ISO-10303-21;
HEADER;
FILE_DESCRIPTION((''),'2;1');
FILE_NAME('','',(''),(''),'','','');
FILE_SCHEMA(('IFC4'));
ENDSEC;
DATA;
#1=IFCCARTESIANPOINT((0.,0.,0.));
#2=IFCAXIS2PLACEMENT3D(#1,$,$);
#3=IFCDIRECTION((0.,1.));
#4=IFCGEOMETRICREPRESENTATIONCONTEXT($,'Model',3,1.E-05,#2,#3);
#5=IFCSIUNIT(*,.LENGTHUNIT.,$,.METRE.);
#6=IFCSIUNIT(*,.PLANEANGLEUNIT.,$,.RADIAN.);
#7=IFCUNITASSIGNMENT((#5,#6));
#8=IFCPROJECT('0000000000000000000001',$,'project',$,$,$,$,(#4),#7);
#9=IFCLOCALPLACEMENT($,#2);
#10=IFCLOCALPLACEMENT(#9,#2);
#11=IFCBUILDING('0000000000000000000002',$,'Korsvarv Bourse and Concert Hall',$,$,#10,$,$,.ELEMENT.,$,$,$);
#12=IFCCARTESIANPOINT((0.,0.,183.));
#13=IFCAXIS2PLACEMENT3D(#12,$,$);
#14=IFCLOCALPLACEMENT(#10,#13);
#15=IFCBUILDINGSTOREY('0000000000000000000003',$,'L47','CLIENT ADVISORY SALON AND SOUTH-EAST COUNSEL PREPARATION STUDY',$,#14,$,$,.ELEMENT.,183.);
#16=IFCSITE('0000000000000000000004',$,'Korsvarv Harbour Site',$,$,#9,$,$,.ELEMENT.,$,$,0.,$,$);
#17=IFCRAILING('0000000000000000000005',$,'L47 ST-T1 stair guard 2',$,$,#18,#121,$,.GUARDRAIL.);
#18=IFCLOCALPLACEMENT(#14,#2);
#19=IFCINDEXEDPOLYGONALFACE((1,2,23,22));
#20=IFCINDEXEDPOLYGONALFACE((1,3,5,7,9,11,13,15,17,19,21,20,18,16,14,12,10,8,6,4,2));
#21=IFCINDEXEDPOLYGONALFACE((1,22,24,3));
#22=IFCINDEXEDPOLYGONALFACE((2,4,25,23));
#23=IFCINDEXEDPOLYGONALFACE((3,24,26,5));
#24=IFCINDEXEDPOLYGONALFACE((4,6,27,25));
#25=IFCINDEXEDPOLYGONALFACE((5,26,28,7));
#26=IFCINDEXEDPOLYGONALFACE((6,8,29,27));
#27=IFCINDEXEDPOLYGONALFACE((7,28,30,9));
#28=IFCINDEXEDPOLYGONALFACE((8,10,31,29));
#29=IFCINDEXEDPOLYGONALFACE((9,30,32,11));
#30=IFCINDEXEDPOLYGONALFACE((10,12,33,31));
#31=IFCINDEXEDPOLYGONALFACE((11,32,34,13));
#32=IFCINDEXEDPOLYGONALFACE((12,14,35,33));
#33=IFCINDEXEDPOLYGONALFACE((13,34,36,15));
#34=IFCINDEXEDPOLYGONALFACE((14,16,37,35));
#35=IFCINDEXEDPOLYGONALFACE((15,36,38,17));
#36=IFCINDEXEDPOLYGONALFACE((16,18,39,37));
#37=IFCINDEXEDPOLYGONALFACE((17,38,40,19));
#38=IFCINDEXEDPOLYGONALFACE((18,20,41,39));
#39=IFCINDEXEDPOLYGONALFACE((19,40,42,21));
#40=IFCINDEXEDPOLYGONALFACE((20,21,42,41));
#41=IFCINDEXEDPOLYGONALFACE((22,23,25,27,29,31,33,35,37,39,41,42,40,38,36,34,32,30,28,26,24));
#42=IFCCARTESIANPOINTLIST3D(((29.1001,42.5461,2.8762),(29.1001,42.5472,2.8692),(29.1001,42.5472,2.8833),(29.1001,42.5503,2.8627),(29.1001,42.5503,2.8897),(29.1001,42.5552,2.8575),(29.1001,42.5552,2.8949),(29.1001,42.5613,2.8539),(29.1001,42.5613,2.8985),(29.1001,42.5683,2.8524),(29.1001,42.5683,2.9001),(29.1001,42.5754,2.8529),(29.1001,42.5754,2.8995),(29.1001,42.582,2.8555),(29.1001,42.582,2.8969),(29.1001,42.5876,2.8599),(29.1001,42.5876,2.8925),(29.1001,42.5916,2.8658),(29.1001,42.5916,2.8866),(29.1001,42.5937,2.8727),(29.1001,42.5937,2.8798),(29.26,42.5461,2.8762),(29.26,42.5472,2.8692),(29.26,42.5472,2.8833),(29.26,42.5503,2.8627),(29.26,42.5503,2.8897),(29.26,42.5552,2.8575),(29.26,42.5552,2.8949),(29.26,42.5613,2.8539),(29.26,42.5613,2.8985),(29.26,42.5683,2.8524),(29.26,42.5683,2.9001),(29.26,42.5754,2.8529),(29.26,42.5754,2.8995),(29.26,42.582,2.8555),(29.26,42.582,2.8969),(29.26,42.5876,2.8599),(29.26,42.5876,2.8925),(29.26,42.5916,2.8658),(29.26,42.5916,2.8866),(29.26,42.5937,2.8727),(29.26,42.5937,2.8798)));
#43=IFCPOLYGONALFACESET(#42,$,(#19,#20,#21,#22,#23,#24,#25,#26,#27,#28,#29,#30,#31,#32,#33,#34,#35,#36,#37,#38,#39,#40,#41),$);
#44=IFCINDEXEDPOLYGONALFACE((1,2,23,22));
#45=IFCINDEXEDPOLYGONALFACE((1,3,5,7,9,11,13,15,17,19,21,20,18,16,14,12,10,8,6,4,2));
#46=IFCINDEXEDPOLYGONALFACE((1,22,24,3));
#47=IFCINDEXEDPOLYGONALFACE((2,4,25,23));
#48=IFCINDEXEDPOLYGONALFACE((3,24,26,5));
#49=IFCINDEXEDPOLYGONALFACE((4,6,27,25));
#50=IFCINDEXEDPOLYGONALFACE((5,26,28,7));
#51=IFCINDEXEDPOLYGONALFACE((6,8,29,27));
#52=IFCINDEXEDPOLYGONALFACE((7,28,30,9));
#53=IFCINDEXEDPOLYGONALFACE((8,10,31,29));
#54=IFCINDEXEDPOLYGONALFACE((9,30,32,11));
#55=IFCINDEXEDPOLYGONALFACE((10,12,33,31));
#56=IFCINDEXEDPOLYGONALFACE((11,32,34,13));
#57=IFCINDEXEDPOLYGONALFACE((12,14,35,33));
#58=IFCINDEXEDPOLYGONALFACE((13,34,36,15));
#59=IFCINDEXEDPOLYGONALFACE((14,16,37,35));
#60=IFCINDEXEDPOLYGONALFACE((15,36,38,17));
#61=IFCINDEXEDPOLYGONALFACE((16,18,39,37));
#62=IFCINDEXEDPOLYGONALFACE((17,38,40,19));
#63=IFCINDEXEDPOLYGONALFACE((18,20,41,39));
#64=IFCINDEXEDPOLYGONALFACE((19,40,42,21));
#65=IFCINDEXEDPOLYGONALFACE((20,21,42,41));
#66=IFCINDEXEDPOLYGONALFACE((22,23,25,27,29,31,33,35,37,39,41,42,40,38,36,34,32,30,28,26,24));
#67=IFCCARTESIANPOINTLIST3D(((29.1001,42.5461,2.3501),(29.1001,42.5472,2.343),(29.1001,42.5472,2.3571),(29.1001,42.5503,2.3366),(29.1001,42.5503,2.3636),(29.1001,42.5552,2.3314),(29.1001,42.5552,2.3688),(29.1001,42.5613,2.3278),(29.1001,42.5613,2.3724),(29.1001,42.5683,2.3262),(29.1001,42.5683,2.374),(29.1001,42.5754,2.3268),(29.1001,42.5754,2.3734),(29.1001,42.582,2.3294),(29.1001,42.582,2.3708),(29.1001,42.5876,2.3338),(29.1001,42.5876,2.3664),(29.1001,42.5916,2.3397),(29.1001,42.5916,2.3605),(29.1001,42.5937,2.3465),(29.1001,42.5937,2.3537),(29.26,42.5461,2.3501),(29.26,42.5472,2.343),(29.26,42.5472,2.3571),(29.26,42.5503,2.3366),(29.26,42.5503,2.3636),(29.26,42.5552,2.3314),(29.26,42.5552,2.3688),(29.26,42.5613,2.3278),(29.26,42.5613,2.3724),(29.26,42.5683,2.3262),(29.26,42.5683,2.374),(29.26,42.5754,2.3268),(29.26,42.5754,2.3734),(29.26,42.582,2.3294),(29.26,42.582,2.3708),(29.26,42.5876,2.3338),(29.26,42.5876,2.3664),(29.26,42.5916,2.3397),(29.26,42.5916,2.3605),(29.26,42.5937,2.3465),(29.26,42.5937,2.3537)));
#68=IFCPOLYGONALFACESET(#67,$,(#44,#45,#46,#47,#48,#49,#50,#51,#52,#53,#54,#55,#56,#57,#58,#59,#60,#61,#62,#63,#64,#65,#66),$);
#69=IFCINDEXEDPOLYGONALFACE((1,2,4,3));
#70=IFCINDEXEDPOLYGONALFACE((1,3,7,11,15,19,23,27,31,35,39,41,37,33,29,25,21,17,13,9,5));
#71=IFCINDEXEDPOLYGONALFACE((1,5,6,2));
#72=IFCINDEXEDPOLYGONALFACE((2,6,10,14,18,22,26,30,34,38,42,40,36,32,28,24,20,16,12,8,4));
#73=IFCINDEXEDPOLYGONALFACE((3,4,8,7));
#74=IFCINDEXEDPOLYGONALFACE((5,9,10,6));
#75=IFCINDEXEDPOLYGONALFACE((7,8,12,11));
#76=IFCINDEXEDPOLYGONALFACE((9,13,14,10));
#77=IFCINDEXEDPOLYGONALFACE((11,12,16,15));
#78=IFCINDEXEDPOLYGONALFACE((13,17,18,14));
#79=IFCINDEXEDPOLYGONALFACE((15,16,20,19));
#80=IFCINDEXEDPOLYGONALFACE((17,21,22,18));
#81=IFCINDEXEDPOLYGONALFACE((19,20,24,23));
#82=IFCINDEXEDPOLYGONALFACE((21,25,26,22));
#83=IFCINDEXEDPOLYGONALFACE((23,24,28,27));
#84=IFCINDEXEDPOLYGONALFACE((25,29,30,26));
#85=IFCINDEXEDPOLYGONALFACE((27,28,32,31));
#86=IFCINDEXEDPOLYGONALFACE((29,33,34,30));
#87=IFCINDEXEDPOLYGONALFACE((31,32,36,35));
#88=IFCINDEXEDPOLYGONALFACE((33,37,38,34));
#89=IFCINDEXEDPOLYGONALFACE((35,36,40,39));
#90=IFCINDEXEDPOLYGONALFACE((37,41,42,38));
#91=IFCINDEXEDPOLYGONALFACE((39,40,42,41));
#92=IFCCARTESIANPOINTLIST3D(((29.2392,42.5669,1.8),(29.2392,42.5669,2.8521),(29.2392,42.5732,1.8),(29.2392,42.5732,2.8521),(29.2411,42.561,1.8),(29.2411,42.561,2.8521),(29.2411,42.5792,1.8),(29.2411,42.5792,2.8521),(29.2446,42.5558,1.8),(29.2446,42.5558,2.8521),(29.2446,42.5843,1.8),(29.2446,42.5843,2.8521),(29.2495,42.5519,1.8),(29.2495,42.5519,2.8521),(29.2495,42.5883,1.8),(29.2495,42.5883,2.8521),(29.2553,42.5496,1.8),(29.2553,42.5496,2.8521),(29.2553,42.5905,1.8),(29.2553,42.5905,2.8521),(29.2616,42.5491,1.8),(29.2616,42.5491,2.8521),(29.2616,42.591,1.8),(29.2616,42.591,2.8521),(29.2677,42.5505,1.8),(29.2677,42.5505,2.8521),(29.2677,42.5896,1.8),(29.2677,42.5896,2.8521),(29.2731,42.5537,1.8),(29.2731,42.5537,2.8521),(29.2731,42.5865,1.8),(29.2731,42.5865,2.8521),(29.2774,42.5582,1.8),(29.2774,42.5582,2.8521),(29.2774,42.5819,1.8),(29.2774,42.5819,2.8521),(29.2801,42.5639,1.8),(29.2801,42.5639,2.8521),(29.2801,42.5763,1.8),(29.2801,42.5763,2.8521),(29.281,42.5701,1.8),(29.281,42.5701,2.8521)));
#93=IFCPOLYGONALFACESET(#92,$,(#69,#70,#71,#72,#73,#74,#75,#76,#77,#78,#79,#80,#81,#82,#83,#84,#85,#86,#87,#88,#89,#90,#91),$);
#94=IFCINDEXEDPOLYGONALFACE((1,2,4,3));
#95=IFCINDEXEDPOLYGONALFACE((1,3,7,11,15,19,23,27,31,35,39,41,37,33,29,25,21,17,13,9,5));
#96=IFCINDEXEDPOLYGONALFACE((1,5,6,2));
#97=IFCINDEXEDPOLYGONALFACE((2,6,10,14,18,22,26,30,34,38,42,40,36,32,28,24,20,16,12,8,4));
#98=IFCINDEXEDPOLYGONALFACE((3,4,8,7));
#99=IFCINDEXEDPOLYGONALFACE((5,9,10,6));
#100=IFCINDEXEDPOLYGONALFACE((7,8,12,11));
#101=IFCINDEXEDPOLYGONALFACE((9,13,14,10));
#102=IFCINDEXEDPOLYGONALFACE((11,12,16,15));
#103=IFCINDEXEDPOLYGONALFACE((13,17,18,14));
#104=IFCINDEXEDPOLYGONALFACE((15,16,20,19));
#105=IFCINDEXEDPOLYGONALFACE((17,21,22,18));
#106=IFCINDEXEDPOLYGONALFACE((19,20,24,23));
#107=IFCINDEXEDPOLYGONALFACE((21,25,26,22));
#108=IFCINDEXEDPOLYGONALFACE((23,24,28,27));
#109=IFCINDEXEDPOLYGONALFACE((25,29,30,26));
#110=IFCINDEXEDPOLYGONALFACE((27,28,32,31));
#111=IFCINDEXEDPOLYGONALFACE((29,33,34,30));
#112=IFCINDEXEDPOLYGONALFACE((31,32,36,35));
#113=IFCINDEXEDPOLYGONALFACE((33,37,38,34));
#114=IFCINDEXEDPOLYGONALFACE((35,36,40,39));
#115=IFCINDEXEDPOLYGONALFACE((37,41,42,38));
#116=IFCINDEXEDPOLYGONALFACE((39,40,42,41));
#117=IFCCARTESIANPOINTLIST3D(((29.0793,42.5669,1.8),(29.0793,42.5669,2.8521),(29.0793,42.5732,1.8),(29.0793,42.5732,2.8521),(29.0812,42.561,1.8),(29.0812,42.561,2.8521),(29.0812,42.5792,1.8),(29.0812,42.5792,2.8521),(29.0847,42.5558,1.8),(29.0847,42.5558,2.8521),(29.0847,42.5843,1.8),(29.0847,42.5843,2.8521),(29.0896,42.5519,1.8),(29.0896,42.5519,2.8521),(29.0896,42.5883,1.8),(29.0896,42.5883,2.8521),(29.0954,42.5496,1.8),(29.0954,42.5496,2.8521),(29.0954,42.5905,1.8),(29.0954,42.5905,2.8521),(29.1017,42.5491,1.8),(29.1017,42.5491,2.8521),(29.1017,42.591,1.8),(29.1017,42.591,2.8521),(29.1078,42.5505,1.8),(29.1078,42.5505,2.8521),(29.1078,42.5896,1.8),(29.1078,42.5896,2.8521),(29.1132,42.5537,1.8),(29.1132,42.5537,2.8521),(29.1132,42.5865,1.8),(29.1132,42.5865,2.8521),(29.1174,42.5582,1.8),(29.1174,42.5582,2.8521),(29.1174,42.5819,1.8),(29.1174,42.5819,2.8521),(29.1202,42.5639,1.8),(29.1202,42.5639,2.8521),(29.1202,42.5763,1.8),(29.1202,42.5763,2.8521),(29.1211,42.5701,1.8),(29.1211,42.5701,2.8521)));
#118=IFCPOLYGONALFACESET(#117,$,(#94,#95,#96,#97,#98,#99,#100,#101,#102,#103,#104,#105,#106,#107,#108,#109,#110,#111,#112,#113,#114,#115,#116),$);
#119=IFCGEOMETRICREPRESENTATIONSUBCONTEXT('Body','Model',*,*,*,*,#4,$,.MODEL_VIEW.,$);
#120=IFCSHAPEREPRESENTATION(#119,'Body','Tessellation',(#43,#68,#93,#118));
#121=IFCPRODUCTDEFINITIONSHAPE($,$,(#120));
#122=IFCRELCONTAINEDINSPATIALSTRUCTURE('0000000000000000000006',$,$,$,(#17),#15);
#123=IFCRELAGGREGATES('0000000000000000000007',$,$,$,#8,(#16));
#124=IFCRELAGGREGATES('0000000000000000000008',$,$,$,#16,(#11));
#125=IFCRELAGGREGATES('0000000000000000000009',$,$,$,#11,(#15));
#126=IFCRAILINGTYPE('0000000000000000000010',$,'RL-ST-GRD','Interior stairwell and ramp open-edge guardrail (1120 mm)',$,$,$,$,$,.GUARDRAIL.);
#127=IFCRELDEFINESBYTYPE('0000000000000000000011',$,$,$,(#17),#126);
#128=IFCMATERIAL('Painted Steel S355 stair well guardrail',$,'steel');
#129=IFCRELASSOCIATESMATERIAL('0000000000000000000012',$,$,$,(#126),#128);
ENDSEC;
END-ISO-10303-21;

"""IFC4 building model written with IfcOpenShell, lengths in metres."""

from ifc_helpers import new_model, si_unit, direction, frame, origin, origin_2d, place, context, subcontext, project, spatial, circle, extrude, material, type_object, element, save


model = new_model("IFC4")

# Units and contexts
model_context = context("Model", 3, precision=1e-05, world=origin(), true_north=direction((0.0, 1.0)))
body_context = subcontext(model_context, "Body", "Model", "MODEL_VIEW")
ifc_project = project(units=[si_unit("LENGTHUNIT", "METRE"), si_unit("PLANEANGLEUNIT", "RADIAN")], contexts=[model_context])

# Site, building, storey
site_placement = place(None, origin())
site = spatial("IfcSite", under=ifc_project, at=site_placement, Name="Korsvarv Harbour Site", CompositionType="ELEMENT", RefElevation=0.0)
building_placement = place(site_placement, origin())
building = spatial("IfcBuilding", under=site, at=building_placement, Name="Korsvarv Bourse and Concert Hall", CompositionType="ELEMENT")
storey_placement = place(building_placement, frame((0.0, 0.0, 183.0)))
storey = spatial("IfcBuildingStorey", under=building, at=storey_placement, Name="L47", Description="CLIENT ADVISORY SALON AND SOUTH-EAST COUNSEL PREPARATION STUDY", CompositionType="ELEMENT", Elevation=183.0)

# Railing
ifc_material_1 = material(Name="Painted Steel S355 stair well guardrail", Category="steel")
railing_type_1 = type_object("IfcRailingType", Name="RL-ST-GRD", Description="Interior stairwell and ramp open-edge guardrail (1120 mm)", PredefinedType="GUARDRAIL", material=ifc_material_1)
railing_1_placement = place(storey_placement, frame((29.26, 42.5701, 1.8)))
element("IfcRailing", 1, at=railing_1_placement, inside=storey, type_object=railing_type_1, Name="L47 ST-T1 stair guard 2", PredefinedType="GUARDRAIL", context=body_context, shape_type="SweptSolid", body=[
    extrude(circle(Radius=0.0239, at=origin_2d()), frame((0.0, 0.0, 1.0762), z_axis=(-1.0, 0.0, 0.0), x_axis=(0.0, -1.0, 0.0)), (0.0, 0.0, 1.0), 0.1599),
    extrude(circle(Radius=0.0239, at=origin_2d()), frame((0.0, 0.0, 0.55), z_axis=(-1.0, 0.0, 0.0), x_axis=(0.0, -1.0, 0.0)), (0.0, 0.0, 1.0), 0.1599),
    extrude(circle(Radius=0.021, at=origin_2d()), origin(), (0.0, 0.0, 1.0), 1.052),
    extrude(circle(Radius=0.021, at=origin_2d()), frame((-0.1599, 0.0, 0.0)), (0.0, 0.0, 1.0), 1.052),
])

save(model, "model.ifc")
